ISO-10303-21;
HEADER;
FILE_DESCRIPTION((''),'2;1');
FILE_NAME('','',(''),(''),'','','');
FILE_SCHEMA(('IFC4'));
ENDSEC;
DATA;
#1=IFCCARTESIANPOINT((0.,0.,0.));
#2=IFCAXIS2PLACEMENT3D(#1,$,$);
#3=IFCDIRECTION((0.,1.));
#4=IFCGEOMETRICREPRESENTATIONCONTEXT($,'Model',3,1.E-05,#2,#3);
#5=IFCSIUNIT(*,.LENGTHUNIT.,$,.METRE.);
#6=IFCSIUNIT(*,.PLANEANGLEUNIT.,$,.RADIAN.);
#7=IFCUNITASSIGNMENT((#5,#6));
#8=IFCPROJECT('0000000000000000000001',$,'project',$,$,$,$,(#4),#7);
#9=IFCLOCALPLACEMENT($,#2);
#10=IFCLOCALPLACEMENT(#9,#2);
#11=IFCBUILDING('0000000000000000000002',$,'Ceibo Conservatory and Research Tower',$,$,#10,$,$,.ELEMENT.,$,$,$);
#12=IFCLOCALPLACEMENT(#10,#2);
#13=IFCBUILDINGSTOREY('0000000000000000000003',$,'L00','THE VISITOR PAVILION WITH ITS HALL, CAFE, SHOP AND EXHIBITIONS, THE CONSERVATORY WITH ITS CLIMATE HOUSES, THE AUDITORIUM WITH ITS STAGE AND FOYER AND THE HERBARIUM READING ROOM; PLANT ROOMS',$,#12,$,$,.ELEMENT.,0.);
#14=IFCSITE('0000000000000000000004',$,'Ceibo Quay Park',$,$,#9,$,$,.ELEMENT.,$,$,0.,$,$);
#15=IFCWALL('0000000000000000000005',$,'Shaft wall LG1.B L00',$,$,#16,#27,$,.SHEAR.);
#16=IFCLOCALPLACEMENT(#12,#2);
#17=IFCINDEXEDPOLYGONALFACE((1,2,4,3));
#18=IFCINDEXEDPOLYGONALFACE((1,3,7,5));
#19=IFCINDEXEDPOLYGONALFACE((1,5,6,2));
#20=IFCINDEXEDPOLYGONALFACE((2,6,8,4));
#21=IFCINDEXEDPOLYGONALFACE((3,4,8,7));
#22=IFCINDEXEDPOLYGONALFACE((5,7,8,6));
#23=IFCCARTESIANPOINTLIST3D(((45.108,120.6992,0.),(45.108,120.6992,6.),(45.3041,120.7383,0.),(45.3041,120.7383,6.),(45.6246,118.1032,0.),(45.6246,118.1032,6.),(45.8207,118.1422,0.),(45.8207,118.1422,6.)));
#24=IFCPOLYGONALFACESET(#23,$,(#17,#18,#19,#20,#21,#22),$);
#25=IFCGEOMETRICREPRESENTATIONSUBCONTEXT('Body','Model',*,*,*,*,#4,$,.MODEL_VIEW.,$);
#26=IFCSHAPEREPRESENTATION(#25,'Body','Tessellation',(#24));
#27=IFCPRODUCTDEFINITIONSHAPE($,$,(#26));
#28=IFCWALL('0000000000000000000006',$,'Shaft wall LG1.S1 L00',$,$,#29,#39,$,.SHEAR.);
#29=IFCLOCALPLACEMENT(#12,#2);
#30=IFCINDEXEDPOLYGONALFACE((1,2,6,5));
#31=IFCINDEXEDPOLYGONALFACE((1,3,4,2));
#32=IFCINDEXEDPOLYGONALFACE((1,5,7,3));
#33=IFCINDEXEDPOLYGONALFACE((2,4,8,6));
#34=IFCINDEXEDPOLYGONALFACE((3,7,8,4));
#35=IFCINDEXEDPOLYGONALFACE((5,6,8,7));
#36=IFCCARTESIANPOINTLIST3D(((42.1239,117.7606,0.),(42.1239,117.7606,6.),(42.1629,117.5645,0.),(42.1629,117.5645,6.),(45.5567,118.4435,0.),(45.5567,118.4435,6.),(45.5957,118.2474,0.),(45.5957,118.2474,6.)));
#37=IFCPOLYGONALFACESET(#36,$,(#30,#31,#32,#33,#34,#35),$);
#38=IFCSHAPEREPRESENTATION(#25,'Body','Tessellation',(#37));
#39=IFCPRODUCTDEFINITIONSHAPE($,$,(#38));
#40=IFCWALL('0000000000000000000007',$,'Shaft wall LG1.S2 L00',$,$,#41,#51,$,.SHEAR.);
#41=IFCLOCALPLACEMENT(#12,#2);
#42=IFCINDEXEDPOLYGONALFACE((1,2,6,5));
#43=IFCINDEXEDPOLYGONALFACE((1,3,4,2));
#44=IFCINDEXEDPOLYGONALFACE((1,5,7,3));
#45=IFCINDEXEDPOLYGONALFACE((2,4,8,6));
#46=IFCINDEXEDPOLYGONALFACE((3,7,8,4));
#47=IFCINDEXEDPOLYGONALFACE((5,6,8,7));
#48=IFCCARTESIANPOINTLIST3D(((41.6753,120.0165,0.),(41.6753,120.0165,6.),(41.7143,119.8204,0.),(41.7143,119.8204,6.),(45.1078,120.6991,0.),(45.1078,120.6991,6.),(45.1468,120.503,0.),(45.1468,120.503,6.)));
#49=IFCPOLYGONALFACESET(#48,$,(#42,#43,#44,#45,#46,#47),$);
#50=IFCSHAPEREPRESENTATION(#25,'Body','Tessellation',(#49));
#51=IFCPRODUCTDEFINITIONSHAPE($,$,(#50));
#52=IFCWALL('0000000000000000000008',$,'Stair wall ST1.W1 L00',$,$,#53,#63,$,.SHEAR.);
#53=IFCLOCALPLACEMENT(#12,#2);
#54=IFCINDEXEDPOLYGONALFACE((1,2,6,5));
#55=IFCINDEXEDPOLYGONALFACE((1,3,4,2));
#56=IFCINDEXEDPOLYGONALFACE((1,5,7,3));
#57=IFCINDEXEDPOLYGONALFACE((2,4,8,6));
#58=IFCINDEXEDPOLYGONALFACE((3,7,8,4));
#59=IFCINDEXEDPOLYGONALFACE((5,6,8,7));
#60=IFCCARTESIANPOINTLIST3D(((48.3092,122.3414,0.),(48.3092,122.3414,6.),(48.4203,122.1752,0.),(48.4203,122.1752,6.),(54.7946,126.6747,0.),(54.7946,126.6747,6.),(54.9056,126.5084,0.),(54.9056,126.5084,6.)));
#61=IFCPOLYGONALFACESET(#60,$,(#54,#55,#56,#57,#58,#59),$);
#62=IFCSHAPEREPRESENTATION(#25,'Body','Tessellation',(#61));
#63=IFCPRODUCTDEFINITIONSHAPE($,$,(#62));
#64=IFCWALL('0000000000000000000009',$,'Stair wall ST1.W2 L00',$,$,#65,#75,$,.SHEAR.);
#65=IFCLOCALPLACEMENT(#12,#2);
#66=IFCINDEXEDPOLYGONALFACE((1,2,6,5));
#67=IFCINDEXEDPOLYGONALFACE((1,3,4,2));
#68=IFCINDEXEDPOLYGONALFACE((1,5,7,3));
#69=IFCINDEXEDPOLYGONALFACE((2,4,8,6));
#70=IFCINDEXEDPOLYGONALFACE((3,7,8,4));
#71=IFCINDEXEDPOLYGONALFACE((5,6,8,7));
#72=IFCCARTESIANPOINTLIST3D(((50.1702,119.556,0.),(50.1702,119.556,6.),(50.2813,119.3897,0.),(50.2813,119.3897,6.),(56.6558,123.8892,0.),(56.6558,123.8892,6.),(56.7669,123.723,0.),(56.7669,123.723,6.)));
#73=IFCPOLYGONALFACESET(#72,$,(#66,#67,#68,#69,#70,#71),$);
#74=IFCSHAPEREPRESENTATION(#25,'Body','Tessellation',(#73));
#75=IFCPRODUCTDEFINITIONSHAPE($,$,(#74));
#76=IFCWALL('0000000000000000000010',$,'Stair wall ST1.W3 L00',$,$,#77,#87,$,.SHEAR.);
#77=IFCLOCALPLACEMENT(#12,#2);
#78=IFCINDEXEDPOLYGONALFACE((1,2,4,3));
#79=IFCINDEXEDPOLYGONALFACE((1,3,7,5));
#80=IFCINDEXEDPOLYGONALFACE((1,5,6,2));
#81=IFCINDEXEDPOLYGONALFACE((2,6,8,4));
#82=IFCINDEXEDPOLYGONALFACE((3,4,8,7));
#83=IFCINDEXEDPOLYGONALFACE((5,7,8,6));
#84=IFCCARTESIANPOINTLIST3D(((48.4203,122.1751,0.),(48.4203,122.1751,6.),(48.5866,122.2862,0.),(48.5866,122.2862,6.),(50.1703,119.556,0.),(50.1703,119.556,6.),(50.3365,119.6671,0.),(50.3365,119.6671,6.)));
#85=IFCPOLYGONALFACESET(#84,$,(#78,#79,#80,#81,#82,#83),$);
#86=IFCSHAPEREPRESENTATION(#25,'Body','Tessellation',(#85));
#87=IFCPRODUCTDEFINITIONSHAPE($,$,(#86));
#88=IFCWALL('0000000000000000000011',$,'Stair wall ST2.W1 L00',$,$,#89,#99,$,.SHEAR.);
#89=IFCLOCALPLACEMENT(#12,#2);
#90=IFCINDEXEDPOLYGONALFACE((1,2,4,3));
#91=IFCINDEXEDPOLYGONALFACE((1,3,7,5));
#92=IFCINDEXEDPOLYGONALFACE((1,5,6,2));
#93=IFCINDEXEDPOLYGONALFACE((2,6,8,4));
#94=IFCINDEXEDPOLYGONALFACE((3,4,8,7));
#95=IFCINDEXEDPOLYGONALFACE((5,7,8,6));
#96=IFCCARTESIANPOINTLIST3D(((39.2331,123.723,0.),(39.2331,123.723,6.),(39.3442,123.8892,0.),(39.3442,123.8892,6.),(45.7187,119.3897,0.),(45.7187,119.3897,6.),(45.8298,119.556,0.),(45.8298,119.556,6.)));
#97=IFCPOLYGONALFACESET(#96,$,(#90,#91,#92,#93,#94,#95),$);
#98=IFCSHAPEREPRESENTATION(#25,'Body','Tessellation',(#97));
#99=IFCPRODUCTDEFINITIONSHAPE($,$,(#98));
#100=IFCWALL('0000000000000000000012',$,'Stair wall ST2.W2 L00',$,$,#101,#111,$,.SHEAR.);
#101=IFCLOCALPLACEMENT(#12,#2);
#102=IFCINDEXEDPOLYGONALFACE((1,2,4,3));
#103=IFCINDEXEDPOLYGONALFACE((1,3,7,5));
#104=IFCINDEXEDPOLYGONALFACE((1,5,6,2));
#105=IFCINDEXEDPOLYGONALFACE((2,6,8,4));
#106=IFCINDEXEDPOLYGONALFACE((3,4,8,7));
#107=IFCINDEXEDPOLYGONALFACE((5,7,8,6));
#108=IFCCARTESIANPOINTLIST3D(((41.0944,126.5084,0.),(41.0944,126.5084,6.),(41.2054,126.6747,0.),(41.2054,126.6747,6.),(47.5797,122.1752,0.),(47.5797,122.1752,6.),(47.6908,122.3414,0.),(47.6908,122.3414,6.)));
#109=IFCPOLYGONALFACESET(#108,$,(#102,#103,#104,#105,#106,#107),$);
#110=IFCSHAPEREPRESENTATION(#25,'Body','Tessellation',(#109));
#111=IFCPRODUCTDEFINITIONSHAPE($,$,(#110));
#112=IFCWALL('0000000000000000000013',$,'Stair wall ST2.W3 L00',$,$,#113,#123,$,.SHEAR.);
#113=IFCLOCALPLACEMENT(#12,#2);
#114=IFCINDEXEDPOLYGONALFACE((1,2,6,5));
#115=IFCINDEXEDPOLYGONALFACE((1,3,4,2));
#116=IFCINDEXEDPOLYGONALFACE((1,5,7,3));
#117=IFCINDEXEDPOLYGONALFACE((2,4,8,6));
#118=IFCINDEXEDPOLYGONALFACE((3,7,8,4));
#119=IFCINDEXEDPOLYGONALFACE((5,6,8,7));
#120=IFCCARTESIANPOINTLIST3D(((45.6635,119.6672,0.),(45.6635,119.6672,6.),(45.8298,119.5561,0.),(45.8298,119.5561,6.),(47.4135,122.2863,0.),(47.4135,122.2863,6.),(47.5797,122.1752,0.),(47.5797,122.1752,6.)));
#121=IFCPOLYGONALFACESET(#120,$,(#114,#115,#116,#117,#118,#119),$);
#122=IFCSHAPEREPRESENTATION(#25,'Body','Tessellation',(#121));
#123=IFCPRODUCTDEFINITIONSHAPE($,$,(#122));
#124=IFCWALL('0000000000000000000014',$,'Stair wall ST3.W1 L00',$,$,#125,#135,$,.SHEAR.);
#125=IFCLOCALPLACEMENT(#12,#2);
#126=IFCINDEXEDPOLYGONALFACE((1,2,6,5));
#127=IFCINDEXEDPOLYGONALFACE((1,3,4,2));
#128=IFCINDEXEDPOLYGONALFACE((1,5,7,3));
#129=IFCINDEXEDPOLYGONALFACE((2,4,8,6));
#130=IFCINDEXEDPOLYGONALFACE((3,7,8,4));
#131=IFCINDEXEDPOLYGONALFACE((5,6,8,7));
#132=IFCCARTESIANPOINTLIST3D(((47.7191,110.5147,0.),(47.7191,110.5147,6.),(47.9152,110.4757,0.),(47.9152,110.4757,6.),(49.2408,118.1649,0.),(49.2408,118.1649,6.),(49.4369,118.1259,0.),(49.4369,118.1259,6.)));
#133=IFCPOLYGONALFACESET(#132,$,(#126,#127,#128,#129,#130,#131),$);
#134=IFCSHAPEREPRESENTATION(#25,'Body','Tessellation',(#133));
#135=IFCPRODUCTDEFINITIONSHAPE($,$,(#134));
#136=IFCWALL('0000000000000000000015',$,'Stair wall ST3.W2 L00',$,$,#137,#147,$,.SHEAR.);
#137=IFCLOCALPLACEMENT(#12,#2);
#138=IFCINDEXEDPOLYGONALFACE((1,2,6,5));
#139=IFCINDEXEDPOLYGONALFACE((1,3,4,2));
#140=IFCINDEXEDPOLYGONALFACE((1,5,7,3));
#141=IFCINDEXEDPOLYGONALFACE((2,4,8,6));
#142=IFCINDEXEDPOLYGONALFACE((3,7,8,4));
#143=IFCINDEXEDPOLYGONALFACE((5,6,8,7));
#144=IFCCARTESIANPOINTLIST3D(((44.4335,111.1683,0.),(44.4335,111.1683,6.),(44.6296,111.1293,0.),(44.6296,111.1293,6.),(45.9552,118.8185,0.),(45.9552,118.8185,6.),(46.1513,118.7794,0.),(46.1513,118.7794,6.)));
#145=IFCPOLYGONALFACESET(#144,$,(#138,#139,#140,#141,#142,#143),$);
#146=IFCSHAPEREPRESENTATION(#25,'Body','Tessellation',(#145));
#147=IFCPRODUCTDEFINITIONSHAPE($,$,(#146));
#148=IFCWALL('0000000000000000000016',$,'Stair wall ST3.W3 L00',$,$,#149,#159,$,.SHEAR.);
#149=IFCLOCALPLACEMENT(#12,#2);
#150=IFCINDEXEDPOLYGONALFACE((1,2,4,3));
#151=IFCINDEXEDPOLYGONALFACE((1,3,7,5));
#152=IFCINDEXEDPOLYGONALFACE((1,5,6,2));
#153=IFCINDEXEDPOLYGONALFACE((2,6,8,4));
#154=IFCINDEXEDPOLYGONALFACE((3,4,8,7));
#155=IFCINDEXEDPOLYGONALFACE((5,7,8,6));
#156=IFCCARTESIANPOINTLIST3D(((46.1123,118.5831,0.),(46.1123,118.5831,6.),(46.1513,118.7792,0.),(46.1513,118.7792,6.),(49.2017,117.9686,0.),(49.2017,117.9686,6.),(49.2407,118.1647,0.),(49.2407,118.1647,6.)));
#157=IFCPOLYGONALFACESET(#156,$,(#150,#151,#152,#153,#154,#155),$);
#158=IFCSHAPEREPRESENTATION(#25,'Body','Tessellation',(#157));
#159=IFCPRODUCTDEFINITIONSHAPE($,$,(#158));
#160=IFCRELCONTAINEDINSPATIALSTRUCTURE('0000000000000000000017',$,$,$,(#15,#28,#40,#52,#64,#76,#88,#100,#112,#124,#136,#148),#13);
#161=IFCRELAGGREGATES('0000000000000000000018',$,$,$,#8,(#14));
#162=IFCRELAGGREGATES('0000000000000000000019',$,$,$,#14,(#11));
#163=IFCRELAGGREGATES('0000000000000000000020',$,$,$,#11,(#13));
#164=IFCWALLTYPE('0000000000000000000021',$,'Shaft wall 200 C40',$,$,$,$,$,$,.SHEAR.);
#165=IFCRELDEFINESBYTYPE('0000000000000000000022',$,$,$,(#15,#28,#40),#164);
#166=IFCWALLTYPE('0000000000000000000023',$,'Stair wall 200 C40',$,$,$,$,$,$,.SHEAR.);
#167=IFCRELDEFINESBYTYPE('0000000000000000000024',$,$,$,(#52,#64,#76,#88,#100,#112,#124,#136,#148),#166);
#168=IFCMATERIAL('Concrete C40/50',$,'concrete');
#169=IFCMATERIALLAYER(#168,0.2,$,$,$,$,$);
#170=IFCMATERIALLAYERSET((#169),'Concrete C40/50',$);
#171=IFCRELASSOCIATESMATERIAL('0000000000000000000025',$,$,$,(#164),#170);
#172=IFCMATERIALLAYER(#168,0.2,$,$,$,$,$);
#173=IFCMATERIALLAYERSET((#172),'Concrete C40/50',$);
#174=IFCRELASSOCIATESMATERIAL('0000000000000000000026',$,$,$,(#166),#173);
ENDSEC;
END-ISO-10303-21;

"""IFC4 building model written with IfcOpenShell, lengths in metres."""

from ifc_helpers import new_model, si_unit, direction, frame, frame_2d, origin, place, context, subcontext, project, spatial, rectangle, extrude, material, layer, layer_set, type_object, element, save


model = new_model("IFC4")

# Units and contexts
model_context = context("Model", 3, precision=1e-05, world=origin(), true_north=direction((0.0, 1.0)))
body_context = subcontext(model_context, "Body", "Model", "MODEL_VIEW")
ifc_project = project(units=[si_unit("LENGTHUNIT", "METRE"), si_unit("PLANEANGLEUNIT", "RADIAN")], contexts=[model_context])

# Site, building, storey
site_placement = place(None, origin())
site = spatial("IfcSite", under=ifc_project, at=site_placement, Name="Ceibo Quay Park", CompositionType="ELEMENT", RefElevation=0.0)
building_placement = place(site_placement, origin())
building = spatial("IfcBuilding", under=site, at=building_placement, Name="Ceibo Conservatory and Research Tower", CompositionType="ELEMENT")
storey_placement = place(building_placement, origin())
storey = spatial("IfcBuildingStorey", under=building, at=storey_placement, Name="L00", Description="THE VISITOR PAVILION WITH ITS HALL, CAFE, SHOP AND EXHIBITIONS, THE CONSERVATORY WITH ITS CLIMATE HOUSES, THE AUDITORIUM WITH ITS STAGE AND FOYER AND THE HERBARIUM READING ROOM; PLANT ROOMS", CompositionType="ELEMENT", Elevation=0.0)

# Shared definitions
ifc_material_1 = material(Name="Concrete C40/50", Category="concrete")
ifc_layer_1 = layer(ifc_material_1, 0.2)
ifc_layer_set_1 = layer_set([ifc_layer_1], Name="Concrete C40/50")
wall_type_1 = type_object("IfcWallType", Name="Shaft wall 200 C40", PredefinedType="SHEAR", material=ifc_layer_set_1)

# Walls
wall_1_placement = place(storey_placement, frame((45.2061, 120.7188, 0.0), z_axis=(0.0, 0.0, 1.0), x_axis=(0.195158, -0.980772, 0.0)))
element("IfcWall", 1, at=wall_1_placement, inside=storey, type_object=wall_type_1, Name="Shaft wall LG1.B L00", PredefinedType="SHEAR", context=body_context, shape_type="SweptSolid", body=[
    extrude(rectangle(XDim=2.647, YDim=0.2, at=frame_2d((1.3235, 0.0))), origin(), (0.0, 0.0, 1.0), 6.0),
])
wall_2_placement = place(storey_placement, frame((45.5762, 118.3455, 0.0), z_axis=(0.0, 0.0, 1.0), x_axis=(-0.980781, -0.19511, 0.0)))
element("IfcWall", 2, at=wall_2_placement, inside=storey, type_object=wall_type_1, Name="Shaft wall LG1.S1 L00", PredefinedType="SHEAR", context=body_context, shape_type="SweptSolid", body=[
    extrude(rectangle(XDim=3.5, YDim=0.2, at=frame_2d((1.75, 0.0))), origin(), (0.0, 0.0, 1.0), 6.0),
])
wall_3_placement = place(storey_placement, frame((45.1274, 120.6011, 0.0), z_axis=(0.0, 0.0, 1.0), x_axis=(-0.980795, -0.195043, 0.0)))
element("IfcWall", 3, at=wall_3_placement, inside=storey, type_object=wall_type_1, Name="Shaft wall LG1.S2 L00", PredefinedType="SHEAR", context=body_context, shape_type="SweptSolid", body=[
    extrude(rectangle(XDim=3.4998, YDim=0.2, at=frame_2d((1.75, 0.0))), origin(), (0.0, 0.0, 1.0), 6.0),
])
ifc_layer_2 = layer(ifc_material_1, 0.2)
ifc_layer_set_2 = layer_set([ifc_layer_2], Name="Concrete C40/50")
wall_type_2 = type_object("IfcWallType", Name="Stair wall 200 C40", PredefinedType="SHEAR", material=ifc_layer_set_2)
wall_4_placement = place(storey_placement, frame((48.3647, 122.2583, 0.0), z_axis=(0.0, 0.0, 1.0), x_axis=(0.831477, 0.555559, 0.0)))
element("IfcWall", 4, at=wall_4_placement, inside=storey, type_object=wall_type_2, Name="Stair wall ST1.W1 L00", PredefinedType="SHEAR", context=body_context, shape_type="SweptSolid", body=[
    extrude(rectangle(XDim=7.7998, YDim=0.2, at=frame_2d((3.8999, 0.0))), origin(), (0.0, 0.0, 1.0), 6.0),
])
wall_5_placement = place(storey_placement, frame((50.2258, 119.4729, 0.0), z_axis=(0.0, 0.0, 1.0), x_axis=(0.831486, 0.555545, 0.0)))
element("IfcWall", 5, at=wall_5_placement, inside=storey, type_object=wall_type_2, Name="Stair wall ST1.W2 L00", PredefinedType="SHEAR", context=body_context, shape_type="SweptSolid", body=[
    extrude(rectangle(XDim=7.8, YDim=0.2, at=frame_2d((3.8999, 0.0))), origin(), (0.0, 0.0, 1.0), 6.0),
])
wall_6_placement = place(storey_placement, frame((50.2534, 119.6116, 0.0), z_axis=(0.0, 0.0, 1.0), x_axis=(-0.555558, 0.831478, 0.0)))
element("IfcWall", 6, at=wall_6_placement, inside=storey, type_object=wall_type_2, Name="Stair wall ST1.W3 L00", PredefinedType="SHEAR", context=body_context, shape_type="SweptSolid", body=[
    extrude(rectangle(XDim=3.1499, YDim=0.2, at=frame_2d((1.575, 0.0))), origin(), (0.0, 0.0, 1.0), 6.0),
])
wall_7_placement = place(storey_placement, frame((45.7742, 119.4729, 0.0), z_axis=(0.0, 0.0, 1.0), x_axis=(-0.831486, 0.555545, 0.0)))
element("IfcWall", 7, at=wall_7_placement, inside=storey, type_object=wall_type_2, Name="Stair wall ST2.W1 L00", PredefinedType="SHEAR", context=body_context, shape_type="SweptSolid", body=[
    extrude(rectangle(XDim=7.8, YDim=0.2, at=frame_2d((3.8999, 0.0))), origin(), (0.0, 0.0, 1.0), 6.0),
])
wall_8_placement = place(storey_placement, frame((47.6353, 122.2583, 0.0), z_axis=(0.0, 0.0, 1.0), x_axis=(-0.831477, 0.555559, 0.0)))
element("IfcWall", 8, at=wall_8_placement, inside=storey, type_object=wall_type_2, Name="Stair wall ST2.W2 L00", PredefinedType="SHEAR", context=body_context, shape_type="SweptSolid", body=[
    extrude(rectangle(XDim=7.7998, YDim=0.2, at=frame_2d((3.8999, 0.0))), origin(), (0.0, 0.0, 1.0), 6.0),
])
wall_9_placement = place(storey_placement, frame((47.4966, 122.2307, 0.0), z_axis=(0.0, 0.0, 1.0), x_axis=(-0.555558, -0.831478, 0.0)))
element("IfcWall", 9, at=wall_9_placement, inside=storey, type_object=wall_type_2, Name="Stair wall ST2.W3 L00", PredefinedType="SHEAR", context=body_context, shape_type="SweptSolid", body=[
    extrude(rectangle(XDim=3.1499, YDim=0.2, at=frame_2d((1.575, 0.0))), origin(), (0.0, 0.0, 1.0), 6.0),
])
for number, where, z_axis, x_axis, name in (
    (10, (49.3389, 118.1453, 0.0), (0.0, 0.0, 1.0), (-0.195093, -0.980785, 0.0), "Stair wall ST3.W1 L00"),
    (11, (46.0532, 118.7988, 0.0), (0.0, 0.0, 1.0), (-0.195093, -0.980785, 0.0), "Stair wall ST3.W2 L00"),
):
    element("IfcWall", number, at=place(storey_placement, frame(where, z_axis=z_axis, x_axis=x_axis)), inside=storey, type_object=wall_type_2, Name=name, PredefinedType="SHEAR", context=body_context, shape_type="SweptSolid", body=[
        extrude(rectangle(XDim=7.8, YDim=0.2, at=frame_2d((3.8999, 0.0))), origin(), (0.0, 0.0, 1.0), 6.0),
    ])
wall_10_placement = place(storey_placement, frame((46.1318, 118.6812, 0.0), z_axis=(0.0, 0.0, 1.0), x_axis=(0.980786, -0.195088, 0.0)))
element("IfcWall", 12, at=wall_10_placement, inside=storey, type_object=wall_type_2, Name="Stair wall ST3.W3 L00", PredefinedType="SHEAR", context=body_context, shape_type="SweptSolid", body=[
    extrude(rectangle(XDim=3.1499, YDim=0.2, at=frame_2d((1.575, 0.0))), origin(), (0.0, 0.0, 1.0), 6.0),
])

save(model, "model.ifc")
